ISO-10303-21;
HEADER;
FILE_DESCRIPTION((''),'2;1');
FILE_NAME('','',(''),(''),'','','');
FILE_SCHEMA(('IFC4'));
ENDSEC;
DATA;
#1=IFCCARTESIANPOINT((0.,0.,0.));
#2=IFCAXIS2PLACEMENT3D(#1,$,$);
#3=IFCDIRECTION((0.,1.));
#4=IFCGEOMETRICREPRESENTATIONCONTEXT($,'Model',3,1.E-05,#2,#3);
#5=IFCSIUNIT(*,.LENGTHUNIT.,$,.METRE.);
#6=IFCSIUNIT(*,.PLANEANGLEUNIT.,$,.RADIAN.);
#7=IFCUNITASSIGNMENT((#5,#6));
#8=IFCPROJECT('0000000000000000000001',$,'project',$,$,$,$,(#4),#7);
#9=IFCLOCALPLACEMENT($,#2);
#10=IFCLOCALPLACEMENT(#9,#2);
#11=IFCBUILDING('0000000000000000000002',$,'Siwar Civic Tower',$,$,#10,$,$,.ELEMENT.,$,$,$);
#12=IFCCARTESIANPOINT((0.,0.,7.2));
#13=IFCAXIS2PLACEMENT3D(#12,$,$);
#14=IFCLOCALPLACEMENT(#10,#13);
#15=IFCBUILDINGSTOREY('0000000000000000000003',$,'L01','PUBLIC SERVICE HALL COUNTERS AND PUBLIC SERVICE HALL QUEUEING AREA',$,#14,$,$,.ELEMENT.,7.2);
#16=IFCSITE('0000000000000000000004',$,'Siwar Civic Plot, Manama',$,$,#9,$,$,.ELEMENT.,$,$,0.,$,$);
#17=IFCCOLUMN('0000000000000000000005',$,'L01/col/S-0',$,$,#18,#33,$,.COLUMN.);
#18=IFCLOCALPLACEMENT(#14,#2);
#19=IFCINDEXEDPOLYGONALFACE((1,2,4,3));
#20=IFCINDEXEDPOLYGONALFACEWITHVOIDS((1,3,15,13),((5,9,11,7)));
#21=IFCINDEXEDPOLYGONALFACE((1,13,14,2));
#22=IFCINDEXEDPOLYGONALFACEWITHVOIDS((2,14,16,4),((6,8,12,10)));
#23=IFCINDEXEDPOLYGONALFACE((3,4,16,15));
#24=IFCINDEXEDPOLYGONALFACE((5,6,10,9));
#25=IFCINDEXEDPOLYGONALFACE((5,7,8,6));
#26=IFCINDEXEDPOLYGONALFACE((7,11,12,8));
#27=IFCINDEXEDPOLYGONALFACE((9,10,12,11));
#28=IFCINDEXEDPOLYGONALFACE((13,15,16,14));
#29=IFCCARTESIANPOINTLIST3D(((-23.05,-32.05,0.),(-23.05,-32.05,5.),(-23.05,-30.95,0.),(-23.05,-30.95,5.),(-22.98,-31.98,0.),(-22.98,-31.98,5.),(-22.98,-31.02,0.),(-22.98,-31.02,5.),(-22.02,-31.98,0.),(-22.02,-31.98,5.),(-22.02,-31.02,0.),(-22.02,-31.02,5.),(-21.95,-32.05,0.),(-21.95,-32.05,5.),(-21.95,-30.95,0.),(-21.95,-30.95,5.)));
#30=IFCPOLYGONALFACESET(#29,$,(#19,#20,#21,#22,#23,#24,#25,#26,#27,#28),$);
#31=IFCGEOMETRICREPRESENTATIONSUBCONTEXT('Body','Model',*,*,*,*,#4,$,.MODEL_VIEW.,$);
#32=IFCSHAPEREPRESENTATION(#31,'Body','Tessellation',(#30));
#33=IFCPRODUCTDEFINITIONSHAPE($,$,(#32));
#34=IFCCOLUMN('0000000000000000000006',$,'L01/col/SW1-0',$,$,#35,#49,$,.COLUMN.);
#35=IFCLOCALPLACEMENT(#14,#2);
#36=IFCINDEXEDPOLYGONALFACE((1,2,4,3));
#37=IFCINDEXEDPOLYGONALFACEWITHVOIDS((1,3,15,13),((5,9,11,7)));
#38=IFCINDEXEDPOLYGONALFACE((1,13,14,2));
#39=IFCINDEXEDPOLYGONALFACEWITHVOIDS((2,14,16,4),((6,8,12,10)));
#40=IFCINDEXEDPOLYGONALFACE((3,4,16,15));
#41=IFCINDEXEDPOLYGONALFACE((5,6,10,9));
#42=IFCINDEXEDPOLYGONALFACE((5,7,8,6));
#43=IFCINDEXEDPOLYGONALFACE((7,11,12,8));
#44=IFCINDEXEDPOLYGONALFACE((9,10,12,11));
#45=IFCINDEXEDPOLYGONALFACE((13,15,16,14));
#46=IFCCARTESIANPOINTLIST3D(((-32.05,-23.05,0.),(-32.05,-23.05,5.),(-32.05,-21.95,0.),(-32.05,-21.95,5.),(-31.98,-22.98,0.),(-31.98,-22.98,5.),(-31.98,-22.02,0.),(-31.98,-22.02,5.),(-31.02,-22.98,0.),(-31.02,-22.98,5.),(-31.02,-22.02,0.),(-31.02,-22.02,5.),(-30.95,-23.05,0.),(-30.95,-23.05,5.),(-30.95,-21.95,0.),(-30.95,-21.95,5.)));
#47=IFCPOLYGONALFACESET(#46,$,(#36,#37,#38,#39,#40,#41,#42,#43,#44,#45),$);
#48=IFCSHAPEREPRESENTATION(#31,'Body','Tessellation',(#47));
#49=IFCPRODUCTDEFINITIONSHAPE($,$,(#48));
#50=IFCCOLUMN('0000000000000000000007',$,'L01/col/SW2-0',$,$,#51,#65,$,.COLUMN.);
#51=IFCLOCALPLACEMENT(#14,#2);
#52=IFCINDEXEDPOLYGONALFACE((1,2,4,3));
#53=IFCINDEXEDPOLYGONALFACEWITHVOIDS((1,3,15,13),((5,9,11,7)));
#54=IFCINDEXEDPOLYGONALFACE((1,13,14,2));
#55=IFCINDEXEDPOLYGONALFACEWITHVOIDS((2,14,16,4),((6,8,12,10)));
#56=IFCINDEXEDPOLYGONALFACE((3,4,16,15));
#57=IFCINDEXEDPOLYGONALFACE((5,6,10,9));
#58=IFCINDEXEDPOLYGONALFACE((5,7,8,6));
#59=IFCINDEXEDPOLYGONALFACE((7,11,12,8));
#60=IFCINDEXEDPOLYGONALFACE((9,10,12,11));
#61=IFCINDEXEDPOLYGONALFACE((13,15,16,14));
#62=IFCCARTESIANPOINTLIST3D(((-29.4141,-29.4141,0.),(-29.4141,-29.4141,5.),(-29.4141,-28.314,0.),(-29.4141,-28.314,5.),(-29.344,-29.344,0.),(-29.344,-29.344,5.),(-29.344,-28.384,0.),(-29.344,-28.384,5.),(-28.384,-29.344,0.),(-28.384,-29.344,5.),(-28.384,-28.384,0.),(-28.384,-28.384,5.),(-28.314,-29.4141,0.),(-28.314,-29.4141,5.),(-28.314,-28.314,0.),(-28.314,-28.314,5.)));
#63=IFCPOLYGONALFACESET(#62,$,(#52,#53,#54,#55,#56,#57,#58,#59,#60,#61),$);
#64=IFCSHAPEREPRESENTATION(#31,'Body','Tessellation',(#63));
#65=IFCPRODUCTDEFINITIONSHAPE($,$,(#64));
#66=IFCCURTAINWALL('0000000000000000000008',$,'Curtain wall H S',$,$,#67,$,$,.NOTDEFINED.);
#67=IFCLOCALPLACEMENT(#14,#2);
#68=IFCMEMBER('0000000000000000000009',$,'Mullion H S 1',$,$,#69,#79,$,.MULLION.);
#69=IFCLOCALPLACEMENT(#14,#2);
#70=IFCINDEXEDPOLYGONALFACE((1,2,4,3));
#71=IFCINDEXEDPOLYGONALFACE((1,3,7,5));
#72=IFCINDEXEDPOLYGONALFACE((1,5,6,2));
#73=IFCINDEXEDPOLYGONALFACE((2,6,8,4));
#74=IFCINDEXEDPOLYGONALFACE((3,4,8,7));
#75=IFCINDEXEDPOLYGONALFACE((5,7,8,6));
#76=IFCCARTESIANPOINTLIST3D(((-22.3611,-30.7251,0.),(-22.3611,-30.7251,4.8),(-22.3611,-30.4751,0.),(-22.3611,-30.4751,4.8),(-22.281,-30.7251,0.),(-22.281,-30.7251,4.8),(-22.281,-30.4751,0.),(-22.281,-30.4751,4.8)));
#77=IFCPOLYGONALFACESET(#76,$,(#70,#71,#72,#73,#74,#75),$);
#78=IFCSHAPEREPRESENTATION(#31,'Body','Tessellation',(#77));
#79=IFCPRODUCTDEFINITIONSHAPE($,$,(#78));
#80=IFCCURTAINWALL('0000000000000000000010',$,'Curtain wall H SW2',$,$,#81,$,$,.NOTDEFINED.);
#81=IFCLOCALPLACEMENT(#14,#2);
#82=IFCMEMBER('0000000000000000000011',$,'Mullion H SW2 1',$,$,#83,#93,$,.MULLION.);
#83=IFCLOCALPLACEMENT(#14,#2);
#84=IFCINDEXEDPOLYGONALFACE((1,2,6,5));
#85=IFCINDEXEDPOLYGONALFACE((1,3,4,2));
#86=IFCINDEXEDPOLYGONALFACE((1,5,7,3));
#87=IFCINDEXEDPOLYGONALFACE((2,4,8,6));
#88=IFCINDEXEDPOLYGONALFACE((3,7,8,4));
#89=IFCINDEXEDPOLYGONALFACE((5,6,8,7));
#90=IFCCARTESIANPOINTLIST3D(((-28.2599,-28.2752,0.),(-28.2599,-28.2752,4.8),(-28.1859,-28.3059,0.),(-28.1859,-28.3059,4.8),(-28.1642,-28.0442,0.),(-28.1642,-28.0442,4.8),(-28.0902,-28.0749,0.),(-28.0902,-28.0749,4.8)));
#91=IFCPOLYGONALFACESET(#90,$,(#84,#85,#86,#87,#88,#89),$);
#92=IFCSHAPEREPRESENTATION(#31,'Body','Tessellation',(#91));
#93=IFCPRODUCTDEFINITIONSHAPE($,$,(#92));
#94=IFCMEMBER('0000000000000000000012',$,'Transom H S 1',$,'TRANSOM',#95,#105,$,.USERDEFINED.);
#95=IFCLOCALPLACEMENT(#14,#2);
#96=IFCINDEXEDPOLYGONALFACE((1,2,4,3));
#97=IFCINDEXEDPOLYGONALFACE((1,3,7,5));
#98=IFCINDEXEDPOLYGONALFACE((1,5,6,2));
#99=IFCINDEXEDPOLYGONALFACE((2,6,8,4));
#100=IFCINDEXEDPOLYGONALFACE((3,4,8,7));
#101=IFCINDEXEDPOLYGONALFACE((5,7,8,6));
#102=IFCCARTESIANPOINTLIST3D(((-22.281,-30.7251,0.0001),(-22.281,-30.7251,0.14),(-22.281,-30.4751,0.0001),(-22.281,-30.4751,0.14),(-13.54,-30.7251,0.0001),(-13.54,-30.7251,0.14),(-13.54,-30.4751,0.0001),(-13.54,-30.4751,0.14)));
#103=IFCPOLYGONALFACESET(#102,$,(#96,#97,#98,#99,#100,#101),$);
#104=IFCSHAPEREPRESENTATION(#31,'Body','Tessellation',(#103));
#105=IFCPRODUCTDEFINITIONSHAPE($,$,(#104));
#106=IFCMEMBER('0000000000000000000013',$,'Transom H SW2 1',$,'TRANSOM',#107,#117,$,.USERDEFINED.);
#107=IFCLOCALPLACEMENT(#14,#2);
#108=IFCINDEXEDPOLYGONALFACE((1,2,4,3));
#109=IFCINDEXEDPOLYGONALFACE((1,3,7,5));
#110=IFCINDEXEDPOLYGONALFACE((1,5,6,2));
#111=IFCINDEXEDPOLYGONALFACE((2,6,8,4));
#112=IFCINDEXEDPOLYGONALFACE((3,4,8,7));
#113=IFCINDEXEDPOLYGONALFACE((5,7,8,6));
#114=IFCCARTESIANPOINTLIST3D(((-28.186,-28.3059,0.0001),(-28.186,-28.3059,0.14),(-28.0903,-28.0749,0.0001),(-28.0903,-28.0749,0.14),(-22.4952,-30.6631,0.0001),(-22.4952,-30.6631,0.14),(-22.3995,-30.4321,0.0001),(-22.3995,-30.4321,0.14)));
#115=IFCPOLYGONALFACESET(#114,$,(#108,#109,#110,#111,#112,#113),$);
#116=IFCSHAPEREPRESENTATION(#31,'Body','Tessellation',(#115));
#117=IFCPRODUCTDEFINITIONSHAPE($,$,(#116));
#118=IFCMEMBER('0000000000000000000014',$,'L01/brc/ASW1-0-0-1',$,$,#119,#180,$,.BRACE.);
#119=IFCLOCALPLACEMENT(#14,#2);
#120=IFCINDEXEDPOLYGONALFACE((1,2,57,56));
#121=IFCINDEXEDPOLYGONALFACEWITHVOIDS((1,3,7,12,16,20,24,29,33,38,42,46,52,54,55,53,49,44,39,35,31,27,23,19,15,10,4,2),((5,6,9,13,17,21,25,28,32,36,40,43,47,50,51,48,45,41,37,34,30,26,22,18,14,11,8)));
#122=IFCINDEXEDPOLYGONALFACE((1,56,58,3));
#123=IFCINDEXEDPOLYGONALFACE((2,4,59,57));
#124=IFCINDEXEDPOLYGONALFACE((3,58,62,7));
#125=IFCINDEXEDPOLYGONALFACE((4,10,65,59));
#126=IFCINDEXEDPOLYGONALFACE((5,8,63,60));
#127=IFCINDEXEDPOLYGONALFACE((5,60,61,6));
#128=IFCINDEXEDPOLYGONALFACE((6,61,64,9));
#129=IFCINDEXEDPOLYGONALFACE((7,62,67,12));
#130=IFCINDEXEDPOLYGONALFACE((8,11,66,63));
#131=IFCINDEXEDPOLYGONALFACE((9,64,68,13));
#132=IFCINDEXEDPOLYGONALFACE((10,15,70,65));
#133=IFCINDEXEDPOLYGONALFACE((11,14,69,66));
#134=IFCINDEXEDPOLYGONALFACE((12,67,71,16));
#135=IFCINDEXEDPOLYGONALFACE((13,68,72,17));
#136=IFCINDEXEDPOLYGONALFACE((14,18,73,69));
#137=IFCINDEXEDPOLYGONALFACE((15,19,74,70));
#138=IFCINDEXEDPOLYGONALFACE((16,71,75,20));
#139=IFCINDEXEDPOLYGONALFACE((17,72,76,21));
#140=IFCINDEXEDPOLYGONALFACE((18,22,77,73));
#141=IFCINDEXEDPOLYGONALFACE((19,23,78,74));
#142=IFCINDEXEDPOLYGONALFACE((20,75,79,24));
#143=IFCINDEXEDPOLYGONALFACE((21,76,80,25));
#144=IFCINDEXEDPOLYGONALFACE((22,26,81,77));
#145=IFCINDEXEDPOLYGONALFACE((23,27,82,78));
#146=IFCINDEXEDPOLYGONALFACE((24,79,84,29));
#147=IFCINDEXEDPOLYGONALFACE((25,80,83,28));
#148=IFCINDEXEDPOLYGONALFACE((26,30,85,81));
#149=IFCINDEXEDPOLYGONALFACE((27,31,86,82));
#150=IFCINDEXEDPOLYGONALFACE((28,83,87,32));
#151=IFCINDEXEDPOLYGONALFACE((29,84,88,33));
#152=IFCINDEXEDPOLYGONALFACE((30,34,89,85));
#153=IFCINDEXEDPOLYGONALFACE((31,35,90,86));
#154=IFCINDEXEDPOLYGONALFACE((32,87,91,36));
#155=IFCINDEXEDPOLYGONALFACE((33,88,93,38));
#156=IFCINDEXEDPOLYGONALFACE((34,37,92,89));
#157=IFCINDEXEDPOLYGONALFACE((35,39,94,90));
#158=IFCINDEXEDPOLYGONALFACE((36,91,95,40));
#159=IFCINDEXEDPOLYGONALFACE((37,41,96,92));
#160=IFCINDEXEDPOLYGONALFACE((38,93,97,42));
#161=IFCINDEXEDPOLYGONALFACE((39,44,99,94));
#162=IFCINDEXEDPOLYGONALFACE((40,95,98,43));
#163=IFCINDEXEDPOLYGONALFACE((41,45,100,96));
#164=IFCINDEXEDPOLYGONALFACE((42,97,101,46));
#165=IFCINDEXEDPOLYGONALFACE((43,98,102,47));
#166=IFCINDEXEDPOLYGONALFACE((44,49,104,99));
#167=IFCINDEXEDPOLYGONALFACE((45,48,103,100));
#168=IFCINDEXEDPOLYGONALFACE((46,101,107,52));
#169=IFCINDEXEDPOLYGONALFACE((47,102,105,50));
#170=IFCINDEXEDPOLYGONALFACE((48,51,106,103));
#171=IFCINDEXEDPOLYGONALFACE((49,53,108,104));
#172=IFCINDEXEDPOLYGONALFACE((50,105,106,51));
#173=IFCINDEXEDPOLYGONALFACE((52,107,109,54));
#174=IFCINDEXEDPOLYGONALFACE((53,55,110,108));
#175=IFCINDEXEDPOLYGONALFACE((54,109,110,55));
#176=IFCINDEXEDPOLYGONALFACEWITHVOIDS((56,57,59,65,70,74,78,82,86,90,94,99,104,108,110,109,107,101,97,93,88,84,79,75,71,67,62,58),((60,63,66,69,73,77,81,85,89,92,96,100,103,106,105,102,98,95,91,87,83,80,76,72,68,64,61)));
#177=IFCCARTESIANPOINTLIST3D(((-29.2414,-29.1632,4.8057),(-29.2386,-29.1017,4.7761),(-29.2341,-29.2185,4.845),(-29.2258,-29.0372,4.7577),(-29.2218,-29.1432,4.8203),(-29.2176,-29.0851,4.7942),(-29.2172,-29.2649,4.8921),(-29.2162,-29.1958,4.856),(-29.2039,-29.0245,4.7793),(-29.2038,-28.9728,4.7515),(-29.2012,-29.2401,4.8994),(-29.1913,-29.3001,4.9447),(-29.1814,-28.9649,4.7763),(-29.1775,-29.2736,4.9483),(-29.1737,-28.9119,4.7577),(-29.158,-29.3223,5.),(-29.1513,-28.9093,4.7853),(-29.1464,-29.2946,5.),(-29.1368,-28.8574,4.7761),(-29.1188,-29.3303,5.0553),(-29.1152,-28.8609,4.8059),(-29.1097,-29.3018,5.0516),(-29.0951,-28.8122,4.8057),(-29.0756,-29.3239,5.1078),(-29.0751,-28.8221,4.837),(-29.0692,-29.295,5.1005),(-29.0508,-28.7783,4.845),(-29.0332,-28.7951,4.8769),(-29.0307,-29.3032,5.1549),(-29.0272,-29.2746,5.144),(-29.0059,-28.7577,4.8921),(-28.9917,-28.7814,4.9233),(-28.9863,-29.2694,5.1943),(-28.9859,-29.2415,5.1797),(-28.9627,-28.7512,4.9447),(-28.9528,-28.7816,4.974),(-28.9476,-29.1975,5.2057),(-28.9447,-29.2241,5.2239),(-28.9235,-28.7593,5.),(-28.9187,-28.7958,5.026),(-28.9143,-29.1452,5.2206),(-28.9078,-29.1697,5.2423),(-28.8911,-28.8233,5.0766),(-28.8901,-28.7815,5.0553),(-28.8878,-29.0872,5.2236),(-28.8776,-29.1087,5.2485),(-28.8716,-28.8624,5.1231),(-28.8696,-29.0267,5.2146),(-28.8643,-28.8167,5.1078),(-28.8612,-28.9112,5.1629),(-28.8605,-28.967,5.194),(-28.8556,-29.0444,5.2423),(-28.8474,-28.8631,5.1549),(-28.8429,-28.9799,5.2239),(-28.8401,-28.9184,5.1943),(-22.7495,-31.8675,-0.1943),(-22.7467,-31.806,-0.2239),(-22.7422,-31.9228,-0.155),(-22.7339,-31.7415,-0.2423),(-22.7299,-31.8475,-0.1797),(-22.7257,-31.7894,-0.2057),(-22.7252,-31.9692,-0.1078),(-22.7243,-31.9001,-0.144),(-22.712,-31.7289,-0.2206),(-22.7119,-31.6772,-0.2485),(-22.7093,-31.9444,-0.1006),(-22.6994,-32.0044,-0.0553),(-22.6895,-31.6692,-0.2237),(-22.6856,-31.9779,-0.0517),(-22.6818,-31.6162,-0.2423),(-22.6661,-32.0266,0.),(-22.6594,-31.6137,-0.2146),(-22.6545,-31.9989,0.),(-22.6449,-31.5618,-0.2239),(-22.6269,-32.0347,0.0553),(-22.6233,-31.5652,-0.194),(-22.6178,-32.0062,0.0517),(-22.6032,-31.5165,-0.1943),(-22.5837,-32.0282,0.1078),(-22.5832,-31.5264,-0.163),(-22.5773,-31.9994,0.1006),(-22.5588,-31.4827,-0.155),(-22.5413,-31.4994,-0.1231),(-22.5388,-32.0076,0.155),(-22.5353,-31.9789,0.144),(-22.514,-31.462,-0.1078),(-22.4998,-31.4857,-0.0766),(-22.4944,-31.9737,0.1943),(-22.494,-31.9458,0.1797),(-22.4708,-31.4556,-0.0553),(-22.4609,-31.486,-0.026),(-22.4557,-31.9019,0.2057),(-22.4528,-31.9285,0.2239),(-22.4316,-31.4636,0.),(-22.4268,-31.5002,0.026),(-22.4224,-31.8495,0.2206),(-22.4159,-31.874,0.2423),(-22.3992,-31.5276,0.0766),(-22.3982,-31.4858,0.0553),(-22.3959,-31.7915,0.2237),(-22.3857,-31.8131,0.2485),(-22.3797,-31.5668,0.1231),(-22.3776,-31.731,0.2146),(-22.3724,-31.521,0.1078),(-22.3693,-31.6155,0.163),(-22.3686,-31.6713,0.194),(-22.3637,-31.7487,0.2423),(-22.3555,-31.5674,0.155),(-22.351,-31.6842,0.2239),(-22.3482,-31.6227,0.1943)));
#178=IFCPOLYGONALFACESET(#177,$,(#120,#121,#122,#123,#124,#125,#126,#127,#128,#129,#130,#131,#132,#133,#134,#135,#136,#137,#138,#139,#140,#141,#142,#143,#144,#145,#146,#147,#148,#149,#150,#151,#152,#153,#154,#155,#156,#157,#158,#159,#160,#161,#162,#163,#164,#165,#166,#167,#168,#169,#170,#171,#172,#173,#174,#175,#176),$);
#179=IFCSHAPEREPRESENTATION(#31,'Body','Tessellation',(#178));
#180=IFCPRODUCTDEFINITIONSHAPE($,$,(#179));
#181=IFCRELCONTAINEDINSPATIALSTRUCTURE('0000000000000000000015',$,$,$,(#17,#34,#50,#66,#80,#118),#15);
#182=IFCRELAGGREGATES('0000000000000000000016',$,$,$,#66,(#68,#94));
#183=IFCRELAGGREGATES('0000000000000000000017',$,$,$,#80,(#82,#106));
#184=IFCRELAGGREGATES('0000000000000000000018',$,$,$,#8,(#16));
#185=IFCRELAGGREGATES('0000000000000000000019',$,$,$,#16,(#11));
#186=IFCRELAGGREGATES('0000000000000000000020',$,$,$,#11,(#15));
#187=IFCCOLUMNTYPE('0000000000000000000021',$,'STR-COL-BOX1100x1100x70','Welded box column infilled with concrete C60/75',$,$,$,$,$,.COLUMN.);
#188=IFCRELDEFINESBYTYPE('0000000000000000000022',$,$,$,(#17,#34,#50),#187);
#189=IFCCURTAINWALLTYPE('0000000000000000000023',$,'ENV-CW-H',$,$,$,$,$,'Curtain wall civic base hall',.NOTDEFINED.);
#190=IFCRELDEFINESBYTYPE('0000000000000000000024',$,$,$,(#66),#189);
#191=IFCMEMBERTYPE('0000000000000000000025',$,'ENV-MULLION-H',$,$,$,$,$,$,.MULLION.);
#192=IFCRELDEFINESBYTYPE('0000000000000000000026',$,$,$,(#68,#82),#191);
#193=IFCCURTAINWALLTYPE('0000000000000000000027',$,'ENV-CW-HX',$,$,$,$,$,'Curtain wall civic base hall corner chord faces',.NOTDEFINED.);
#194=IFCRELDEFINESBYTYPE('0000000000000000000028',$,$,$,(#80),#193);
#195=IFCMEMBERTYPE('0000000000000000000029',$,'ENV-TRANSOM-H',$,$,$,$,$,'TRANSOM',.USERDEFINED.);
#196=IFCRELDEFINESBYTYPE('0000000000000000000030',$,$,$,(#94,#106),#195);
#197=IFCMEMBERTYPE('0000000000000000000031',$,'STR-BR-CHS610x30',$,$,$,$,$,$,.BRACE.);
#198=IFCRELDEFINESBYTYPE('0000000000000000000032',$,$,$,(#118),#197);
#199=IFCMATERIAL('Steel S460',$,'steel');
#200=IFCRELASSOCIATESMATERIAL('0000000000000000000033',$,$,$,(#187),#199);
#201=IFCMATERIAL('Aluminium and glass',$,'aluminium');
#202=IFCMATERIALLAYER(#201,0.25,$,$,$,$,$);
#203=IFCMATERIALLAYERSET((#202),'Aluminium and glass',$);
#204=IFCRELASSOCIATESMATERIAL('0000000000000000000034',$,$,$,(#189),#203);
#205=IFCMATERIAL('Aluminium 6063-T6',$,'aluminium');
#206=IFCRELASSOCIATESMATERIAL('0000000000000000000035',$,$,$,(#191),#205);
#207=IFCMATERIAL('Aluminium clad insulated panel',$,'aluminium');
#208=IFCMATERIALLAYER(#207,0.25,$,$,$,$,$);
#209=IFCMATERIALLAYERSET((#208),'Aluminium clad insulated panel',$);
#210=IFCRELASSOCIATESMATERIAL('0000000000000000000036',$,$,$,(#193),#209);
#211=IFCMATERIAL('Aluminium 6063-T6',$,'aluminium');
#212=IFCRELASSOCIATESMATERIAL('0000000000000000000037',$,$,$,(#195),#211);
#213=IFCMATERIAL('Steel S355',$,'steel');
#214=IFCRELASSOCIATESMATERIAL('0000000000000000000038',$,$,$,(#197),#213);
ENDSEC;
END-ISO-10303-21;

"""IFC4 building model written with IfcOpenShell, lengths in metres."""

from ifc_helpers import new_model, si_unit, direction, frame, origin, origin_2d, place, context, subcontext, project, spatial, rectangle, hollow_rectangle, hollow_circle, extrude, material, layer, layer_set, material_profile, profile_set, type_object, element, aggregate, save


model = new_model("IFC4")

# Units and contexts
model_context = context("Model", 3, precision=1e-05, world=origin(), true_north=direction((0.0, 1.0)))
body_context = subcontext(model_context, "Body", "Model", "MODEL_VIEW")
ifc_project = project(units=[si_unit("LENGTHUNIT", "METRE"), si_unit("PLANEANGLEUNIT", "RADIAN")], contexts=[model_context])

# Site, building, storey
site_placement = place(None, origin())
site = spatial("IfcSite", under=ifc_project, at=site_placement, Name="Siwar Civic Plot, Manama", CompositionType="ELEMENT", RefElevation=0.0)
building_placement = place(site_placement, origin())
building = spatial("IfcBuilding", under=site, at=building_placement, Name="Siwar Civic Tower", CompositionType="ELEMENT")
storey_placement = place(building_placement, frame((0.0, 0.0, 7.2)))
storey = spatial("IfcBuildingStorey", under=building, at=storey_placement, Name="L01", Description="PUBLIC SERVICE HALL COUNTERS AND PUBLIC SERVICE HALL QUEUEING AREA", CompositionType="ELEMENT", Elevation=7.2)

# Columns
ifc_material_1 = material(Name="Steel S460", Category="steel")
ifc_material_profile_1 = material_profile(ifc_material_1, hollow_rectangle(XDim=1.1001, YDim=1.1001, WallThickness=0.0701, at=origin_2d()), Name="BOX1100x1100x70")
ifc_profile_set_1 = profile_set([ifc_material_profile_1], Name="Steel S460")
column_type = type_object("IfcColumnType", Name="STR-COL-BOX1100x1100x70", Description="Welded box column infilled with concrete C60/75", PredefinedType="COLUMN", material=ifc_profile_set_1)
for number, where, z_axis, x_axis, name in (
    (1, (-22.5, -31.5, 0.0), (0.0, 0.0, 1.0), (1.0, 0.0, 0.0), "L01/col/S-0"),
    (2, (-31.5, -22.5, 0.0), (0.0, 0.0, 1.0), (1.0, 0.0, 0.0), "L01/col/SW1-0"),
    (3, (-28.864, -28.864, 0.0), (0.0, 0.0, 1.0), (1.0, 0.0, 0.0), "L01/col/SW2-0"),
):
    element("IfcColumn", number, at=place(storey_placement, frame(where, z_axis=z_axis, x_axis=x_axis)), inside=storey, type_object=column_type, Name=name, PredefinedType="COLUMN", context=body_context, shape_type="SweptSolid", body=[
        extrude(hollow_rectangle(XDim=1.1001, YDim=1.1001, WallThickness=0.0701, at=origin_2d()), origin(), (0.0, 0.0, 1.0), 5.0),
    ])

# Curtain walls, members
ifc_material_2 = material(Name="Aluminium and glass", Category="aluminium")
ifc_layer_1 = layer(ifc_material_2, 0.25)
ifc_layer_set_1 = layer_set([ifc_layer_1], Name="Aluminium and glass")
curtain_wall_type_1 = type_object("IfcCurtainWallType", Name="ENV-CW-H", ElementType="Curtain wall civic base hall", PredefinedType="NOTDEFINED", material=ifc_layer_set_1)
curtain_wall_1_placement = place(storey_placement, origin())
curtain_wall_1 = element("IfcCurtainWall", 4, at=curtain_wall_1_placement, inside=storey, type_object=curtain_wall_type_1, Name="Curtain wall H S", PredefinedType="NOTDEFINED")
ifc_material_3 = material(Name="Aluminium 6063-T6", Category="aluminium")
ifc_material_profile_2 = material_profile(ifc_material_3, rectangle(XDim=0.25, YDim=0.0801, at=origin_2d()), Name="AL 250x80")
ifc_profile_set_2 = profile_set([ifc_material_profile_2], Name="Aluminium 6063-T6")
member_type_1 = type_object("IfcMemberType", Name="ENV-MULLION-H", PredefinedType="MULLION", material=ifc_profile_set_2)
member_1_placement = place(storey_placement, frame((-22.321, -30.6001, 0.0), z_axis=(0.0, 0.0, 1.0), x_axis=(0.0, 1.0, 0.0)))
member_1 = element("IfcMember", 5, at=member_1_placement, type_object=member_type_1, Name="Mullion H S 1", PredefinedType="MULLION", context=body_context, shape_type="SweptSolid", body=[
    extrude(rectangle(XDim=0.25, YDim=0.0801, at=origin_2d()), origin(), (0.0, 0.0, 1.0), 4.8),
])
ifc_material_4 = material(Name="Aluminium clad insulated panel", Category="aluminium")
ifc_layer_2 = layer(ifc_material_4, 0.25)
ifc_layer_set_2 = layer_set([ifc_layer_2], Name="Aluminium clad insulated panel")
curtain_wall_type_2 = type_object("IfcCurtainWallType", Name="ENV-CW-HX", ElementType="Curtain wall civic base hall corner chord faces", PredefinedType="NOTDEFINED", material=ifc_layer_set_2)
curtain_wall_2_placement = place(storey_placement, origin())
curtain_wall_2 = element("IfcCurtainWall", 6, at=curtain_wall_2_placement, inside=storey, type_object=curtain_wall_type_2, Name="Curtain wall H SW2", PredefinedType="NOTDEFINED")
member_2_placement = place(storey_placement, frame((-28.175, -28.175, 0.0), z_axis=(0.0, 0.0, 1.0), x_axis=(0.382683, 0.92388, 0.0)))
member_2 = element("IfcMember", 7, at=member_2_placement, type_object=member_type_1, Name="Mullion H SW2 1", PredefinedType="MULLION", context=body_context, shape_type="SweptSolid", body=[
    extrude(rectangle(XDim=0.25, YDim=0.0801, at=origin_2d()), origin(), (0.0, 0.0, 1.0), 4.8),
])

# Members
ifc_material_5 = material(Name="Aluminium 6063-T6", Category="aluminium")
ifc_material_profile_3 = material_profile(ifc_material_5, rectangle(XDim=0.25, YDim=0.1399, at=origin_2d()), Name="AL 250x140")
ifc_profile_set_3 = profile_set([ifc_material_profile_3], Name="Aluminium 6063-T6")
member_type_2 = type_object("IfcMemberType", Name="ENV-TRANSOM-H", ElementType="TRANSOM", PredefinedType="USERDEFINED", material=ifc_profile_set_3)
member_3_placement = place(storey_placement, frame((-22.281, -30.6001, 0.0701), z_axis=(1.0, 0.0, 0.0), x_axis=(0.0, 1.0, 0.0)))
member_3 = element("IfcMember", 8, at=member_3_placement, type_object=member_type_2, Name="Transom H S 1", ObjectType="TRANSOM", PredefinedType="USERDEFINED", context=body_context, shape_type="SweptSolid", body=[
    extrude(rectangle(XDim=0.25, YDim=0.1399, at=origin_2d()), origin(), (0.0, 0.0, 1.0), 8.741),
])
member_4_placement = place(storey_placement, frame((-28.1382, -28.1904, 0.0701), z_axis=(0.923884, -0.382673, 0.0), x_axis=(0.382673, 0.923884, 0.0)))
member_4 = element("IfcMember", 9, at=member_4_placement, type_object=member_type_2, Name="Transom H SW2 1", ObjectType="TRANSOM", PredefinedType="USERDEFINED", context=body_context, shape_type="SweptSolid", body=[
    extrude(rectangle(XDim=0.25, YDim=0.1399, at=origin_2d()), origin(), (0.0, 0.0, 1.0), 6.1597),
])

# Member
ifc_material_6 = material(Name="Steel S355", Category="steel")
ifc_material_profile_4 = material_profile(ifc_material_6, hollow_circle(Radius=0.3049, WallThickness=0.03, at=origin_2d()), Name="CHS610x30")
ifc_profile_set_4 = profile_set([ifc_material_profile_4], Name="Steel S355")
member_type_3 = type_object("IfcMemberType", Name="STR-BR-CHS610x30", PredefinedType="BRACE", material=ifc_profile_set_4)
member_5_placement = place(storey_placement, frame((-22.5488, -31.7451, 0.0), z_axis=(-0.752344, 0.313404, 0.579445), x_axis=(-0.384539, -0.923109, 0.0)))
element("IfcMember", 10, at=member_5_placement, inside=storey, type_object=member_type_3, Name="L01/brc/ASW1-0-0-1", PredefinedType="BRACE", context=body_context, shape_type="SweptSolid", body=[
    extrude(hollow_circle(Radius=0.3049, WallThickness=0.03, at=origin_2d()), origin(), (0.0, 0.0, 1.0), 8.6289),
])

aggregate(curtain_wall_1, [member_1, member_3])

aggregate(curtain_wall_2, [member_2, member_4])

save(model, "model.ifc")
